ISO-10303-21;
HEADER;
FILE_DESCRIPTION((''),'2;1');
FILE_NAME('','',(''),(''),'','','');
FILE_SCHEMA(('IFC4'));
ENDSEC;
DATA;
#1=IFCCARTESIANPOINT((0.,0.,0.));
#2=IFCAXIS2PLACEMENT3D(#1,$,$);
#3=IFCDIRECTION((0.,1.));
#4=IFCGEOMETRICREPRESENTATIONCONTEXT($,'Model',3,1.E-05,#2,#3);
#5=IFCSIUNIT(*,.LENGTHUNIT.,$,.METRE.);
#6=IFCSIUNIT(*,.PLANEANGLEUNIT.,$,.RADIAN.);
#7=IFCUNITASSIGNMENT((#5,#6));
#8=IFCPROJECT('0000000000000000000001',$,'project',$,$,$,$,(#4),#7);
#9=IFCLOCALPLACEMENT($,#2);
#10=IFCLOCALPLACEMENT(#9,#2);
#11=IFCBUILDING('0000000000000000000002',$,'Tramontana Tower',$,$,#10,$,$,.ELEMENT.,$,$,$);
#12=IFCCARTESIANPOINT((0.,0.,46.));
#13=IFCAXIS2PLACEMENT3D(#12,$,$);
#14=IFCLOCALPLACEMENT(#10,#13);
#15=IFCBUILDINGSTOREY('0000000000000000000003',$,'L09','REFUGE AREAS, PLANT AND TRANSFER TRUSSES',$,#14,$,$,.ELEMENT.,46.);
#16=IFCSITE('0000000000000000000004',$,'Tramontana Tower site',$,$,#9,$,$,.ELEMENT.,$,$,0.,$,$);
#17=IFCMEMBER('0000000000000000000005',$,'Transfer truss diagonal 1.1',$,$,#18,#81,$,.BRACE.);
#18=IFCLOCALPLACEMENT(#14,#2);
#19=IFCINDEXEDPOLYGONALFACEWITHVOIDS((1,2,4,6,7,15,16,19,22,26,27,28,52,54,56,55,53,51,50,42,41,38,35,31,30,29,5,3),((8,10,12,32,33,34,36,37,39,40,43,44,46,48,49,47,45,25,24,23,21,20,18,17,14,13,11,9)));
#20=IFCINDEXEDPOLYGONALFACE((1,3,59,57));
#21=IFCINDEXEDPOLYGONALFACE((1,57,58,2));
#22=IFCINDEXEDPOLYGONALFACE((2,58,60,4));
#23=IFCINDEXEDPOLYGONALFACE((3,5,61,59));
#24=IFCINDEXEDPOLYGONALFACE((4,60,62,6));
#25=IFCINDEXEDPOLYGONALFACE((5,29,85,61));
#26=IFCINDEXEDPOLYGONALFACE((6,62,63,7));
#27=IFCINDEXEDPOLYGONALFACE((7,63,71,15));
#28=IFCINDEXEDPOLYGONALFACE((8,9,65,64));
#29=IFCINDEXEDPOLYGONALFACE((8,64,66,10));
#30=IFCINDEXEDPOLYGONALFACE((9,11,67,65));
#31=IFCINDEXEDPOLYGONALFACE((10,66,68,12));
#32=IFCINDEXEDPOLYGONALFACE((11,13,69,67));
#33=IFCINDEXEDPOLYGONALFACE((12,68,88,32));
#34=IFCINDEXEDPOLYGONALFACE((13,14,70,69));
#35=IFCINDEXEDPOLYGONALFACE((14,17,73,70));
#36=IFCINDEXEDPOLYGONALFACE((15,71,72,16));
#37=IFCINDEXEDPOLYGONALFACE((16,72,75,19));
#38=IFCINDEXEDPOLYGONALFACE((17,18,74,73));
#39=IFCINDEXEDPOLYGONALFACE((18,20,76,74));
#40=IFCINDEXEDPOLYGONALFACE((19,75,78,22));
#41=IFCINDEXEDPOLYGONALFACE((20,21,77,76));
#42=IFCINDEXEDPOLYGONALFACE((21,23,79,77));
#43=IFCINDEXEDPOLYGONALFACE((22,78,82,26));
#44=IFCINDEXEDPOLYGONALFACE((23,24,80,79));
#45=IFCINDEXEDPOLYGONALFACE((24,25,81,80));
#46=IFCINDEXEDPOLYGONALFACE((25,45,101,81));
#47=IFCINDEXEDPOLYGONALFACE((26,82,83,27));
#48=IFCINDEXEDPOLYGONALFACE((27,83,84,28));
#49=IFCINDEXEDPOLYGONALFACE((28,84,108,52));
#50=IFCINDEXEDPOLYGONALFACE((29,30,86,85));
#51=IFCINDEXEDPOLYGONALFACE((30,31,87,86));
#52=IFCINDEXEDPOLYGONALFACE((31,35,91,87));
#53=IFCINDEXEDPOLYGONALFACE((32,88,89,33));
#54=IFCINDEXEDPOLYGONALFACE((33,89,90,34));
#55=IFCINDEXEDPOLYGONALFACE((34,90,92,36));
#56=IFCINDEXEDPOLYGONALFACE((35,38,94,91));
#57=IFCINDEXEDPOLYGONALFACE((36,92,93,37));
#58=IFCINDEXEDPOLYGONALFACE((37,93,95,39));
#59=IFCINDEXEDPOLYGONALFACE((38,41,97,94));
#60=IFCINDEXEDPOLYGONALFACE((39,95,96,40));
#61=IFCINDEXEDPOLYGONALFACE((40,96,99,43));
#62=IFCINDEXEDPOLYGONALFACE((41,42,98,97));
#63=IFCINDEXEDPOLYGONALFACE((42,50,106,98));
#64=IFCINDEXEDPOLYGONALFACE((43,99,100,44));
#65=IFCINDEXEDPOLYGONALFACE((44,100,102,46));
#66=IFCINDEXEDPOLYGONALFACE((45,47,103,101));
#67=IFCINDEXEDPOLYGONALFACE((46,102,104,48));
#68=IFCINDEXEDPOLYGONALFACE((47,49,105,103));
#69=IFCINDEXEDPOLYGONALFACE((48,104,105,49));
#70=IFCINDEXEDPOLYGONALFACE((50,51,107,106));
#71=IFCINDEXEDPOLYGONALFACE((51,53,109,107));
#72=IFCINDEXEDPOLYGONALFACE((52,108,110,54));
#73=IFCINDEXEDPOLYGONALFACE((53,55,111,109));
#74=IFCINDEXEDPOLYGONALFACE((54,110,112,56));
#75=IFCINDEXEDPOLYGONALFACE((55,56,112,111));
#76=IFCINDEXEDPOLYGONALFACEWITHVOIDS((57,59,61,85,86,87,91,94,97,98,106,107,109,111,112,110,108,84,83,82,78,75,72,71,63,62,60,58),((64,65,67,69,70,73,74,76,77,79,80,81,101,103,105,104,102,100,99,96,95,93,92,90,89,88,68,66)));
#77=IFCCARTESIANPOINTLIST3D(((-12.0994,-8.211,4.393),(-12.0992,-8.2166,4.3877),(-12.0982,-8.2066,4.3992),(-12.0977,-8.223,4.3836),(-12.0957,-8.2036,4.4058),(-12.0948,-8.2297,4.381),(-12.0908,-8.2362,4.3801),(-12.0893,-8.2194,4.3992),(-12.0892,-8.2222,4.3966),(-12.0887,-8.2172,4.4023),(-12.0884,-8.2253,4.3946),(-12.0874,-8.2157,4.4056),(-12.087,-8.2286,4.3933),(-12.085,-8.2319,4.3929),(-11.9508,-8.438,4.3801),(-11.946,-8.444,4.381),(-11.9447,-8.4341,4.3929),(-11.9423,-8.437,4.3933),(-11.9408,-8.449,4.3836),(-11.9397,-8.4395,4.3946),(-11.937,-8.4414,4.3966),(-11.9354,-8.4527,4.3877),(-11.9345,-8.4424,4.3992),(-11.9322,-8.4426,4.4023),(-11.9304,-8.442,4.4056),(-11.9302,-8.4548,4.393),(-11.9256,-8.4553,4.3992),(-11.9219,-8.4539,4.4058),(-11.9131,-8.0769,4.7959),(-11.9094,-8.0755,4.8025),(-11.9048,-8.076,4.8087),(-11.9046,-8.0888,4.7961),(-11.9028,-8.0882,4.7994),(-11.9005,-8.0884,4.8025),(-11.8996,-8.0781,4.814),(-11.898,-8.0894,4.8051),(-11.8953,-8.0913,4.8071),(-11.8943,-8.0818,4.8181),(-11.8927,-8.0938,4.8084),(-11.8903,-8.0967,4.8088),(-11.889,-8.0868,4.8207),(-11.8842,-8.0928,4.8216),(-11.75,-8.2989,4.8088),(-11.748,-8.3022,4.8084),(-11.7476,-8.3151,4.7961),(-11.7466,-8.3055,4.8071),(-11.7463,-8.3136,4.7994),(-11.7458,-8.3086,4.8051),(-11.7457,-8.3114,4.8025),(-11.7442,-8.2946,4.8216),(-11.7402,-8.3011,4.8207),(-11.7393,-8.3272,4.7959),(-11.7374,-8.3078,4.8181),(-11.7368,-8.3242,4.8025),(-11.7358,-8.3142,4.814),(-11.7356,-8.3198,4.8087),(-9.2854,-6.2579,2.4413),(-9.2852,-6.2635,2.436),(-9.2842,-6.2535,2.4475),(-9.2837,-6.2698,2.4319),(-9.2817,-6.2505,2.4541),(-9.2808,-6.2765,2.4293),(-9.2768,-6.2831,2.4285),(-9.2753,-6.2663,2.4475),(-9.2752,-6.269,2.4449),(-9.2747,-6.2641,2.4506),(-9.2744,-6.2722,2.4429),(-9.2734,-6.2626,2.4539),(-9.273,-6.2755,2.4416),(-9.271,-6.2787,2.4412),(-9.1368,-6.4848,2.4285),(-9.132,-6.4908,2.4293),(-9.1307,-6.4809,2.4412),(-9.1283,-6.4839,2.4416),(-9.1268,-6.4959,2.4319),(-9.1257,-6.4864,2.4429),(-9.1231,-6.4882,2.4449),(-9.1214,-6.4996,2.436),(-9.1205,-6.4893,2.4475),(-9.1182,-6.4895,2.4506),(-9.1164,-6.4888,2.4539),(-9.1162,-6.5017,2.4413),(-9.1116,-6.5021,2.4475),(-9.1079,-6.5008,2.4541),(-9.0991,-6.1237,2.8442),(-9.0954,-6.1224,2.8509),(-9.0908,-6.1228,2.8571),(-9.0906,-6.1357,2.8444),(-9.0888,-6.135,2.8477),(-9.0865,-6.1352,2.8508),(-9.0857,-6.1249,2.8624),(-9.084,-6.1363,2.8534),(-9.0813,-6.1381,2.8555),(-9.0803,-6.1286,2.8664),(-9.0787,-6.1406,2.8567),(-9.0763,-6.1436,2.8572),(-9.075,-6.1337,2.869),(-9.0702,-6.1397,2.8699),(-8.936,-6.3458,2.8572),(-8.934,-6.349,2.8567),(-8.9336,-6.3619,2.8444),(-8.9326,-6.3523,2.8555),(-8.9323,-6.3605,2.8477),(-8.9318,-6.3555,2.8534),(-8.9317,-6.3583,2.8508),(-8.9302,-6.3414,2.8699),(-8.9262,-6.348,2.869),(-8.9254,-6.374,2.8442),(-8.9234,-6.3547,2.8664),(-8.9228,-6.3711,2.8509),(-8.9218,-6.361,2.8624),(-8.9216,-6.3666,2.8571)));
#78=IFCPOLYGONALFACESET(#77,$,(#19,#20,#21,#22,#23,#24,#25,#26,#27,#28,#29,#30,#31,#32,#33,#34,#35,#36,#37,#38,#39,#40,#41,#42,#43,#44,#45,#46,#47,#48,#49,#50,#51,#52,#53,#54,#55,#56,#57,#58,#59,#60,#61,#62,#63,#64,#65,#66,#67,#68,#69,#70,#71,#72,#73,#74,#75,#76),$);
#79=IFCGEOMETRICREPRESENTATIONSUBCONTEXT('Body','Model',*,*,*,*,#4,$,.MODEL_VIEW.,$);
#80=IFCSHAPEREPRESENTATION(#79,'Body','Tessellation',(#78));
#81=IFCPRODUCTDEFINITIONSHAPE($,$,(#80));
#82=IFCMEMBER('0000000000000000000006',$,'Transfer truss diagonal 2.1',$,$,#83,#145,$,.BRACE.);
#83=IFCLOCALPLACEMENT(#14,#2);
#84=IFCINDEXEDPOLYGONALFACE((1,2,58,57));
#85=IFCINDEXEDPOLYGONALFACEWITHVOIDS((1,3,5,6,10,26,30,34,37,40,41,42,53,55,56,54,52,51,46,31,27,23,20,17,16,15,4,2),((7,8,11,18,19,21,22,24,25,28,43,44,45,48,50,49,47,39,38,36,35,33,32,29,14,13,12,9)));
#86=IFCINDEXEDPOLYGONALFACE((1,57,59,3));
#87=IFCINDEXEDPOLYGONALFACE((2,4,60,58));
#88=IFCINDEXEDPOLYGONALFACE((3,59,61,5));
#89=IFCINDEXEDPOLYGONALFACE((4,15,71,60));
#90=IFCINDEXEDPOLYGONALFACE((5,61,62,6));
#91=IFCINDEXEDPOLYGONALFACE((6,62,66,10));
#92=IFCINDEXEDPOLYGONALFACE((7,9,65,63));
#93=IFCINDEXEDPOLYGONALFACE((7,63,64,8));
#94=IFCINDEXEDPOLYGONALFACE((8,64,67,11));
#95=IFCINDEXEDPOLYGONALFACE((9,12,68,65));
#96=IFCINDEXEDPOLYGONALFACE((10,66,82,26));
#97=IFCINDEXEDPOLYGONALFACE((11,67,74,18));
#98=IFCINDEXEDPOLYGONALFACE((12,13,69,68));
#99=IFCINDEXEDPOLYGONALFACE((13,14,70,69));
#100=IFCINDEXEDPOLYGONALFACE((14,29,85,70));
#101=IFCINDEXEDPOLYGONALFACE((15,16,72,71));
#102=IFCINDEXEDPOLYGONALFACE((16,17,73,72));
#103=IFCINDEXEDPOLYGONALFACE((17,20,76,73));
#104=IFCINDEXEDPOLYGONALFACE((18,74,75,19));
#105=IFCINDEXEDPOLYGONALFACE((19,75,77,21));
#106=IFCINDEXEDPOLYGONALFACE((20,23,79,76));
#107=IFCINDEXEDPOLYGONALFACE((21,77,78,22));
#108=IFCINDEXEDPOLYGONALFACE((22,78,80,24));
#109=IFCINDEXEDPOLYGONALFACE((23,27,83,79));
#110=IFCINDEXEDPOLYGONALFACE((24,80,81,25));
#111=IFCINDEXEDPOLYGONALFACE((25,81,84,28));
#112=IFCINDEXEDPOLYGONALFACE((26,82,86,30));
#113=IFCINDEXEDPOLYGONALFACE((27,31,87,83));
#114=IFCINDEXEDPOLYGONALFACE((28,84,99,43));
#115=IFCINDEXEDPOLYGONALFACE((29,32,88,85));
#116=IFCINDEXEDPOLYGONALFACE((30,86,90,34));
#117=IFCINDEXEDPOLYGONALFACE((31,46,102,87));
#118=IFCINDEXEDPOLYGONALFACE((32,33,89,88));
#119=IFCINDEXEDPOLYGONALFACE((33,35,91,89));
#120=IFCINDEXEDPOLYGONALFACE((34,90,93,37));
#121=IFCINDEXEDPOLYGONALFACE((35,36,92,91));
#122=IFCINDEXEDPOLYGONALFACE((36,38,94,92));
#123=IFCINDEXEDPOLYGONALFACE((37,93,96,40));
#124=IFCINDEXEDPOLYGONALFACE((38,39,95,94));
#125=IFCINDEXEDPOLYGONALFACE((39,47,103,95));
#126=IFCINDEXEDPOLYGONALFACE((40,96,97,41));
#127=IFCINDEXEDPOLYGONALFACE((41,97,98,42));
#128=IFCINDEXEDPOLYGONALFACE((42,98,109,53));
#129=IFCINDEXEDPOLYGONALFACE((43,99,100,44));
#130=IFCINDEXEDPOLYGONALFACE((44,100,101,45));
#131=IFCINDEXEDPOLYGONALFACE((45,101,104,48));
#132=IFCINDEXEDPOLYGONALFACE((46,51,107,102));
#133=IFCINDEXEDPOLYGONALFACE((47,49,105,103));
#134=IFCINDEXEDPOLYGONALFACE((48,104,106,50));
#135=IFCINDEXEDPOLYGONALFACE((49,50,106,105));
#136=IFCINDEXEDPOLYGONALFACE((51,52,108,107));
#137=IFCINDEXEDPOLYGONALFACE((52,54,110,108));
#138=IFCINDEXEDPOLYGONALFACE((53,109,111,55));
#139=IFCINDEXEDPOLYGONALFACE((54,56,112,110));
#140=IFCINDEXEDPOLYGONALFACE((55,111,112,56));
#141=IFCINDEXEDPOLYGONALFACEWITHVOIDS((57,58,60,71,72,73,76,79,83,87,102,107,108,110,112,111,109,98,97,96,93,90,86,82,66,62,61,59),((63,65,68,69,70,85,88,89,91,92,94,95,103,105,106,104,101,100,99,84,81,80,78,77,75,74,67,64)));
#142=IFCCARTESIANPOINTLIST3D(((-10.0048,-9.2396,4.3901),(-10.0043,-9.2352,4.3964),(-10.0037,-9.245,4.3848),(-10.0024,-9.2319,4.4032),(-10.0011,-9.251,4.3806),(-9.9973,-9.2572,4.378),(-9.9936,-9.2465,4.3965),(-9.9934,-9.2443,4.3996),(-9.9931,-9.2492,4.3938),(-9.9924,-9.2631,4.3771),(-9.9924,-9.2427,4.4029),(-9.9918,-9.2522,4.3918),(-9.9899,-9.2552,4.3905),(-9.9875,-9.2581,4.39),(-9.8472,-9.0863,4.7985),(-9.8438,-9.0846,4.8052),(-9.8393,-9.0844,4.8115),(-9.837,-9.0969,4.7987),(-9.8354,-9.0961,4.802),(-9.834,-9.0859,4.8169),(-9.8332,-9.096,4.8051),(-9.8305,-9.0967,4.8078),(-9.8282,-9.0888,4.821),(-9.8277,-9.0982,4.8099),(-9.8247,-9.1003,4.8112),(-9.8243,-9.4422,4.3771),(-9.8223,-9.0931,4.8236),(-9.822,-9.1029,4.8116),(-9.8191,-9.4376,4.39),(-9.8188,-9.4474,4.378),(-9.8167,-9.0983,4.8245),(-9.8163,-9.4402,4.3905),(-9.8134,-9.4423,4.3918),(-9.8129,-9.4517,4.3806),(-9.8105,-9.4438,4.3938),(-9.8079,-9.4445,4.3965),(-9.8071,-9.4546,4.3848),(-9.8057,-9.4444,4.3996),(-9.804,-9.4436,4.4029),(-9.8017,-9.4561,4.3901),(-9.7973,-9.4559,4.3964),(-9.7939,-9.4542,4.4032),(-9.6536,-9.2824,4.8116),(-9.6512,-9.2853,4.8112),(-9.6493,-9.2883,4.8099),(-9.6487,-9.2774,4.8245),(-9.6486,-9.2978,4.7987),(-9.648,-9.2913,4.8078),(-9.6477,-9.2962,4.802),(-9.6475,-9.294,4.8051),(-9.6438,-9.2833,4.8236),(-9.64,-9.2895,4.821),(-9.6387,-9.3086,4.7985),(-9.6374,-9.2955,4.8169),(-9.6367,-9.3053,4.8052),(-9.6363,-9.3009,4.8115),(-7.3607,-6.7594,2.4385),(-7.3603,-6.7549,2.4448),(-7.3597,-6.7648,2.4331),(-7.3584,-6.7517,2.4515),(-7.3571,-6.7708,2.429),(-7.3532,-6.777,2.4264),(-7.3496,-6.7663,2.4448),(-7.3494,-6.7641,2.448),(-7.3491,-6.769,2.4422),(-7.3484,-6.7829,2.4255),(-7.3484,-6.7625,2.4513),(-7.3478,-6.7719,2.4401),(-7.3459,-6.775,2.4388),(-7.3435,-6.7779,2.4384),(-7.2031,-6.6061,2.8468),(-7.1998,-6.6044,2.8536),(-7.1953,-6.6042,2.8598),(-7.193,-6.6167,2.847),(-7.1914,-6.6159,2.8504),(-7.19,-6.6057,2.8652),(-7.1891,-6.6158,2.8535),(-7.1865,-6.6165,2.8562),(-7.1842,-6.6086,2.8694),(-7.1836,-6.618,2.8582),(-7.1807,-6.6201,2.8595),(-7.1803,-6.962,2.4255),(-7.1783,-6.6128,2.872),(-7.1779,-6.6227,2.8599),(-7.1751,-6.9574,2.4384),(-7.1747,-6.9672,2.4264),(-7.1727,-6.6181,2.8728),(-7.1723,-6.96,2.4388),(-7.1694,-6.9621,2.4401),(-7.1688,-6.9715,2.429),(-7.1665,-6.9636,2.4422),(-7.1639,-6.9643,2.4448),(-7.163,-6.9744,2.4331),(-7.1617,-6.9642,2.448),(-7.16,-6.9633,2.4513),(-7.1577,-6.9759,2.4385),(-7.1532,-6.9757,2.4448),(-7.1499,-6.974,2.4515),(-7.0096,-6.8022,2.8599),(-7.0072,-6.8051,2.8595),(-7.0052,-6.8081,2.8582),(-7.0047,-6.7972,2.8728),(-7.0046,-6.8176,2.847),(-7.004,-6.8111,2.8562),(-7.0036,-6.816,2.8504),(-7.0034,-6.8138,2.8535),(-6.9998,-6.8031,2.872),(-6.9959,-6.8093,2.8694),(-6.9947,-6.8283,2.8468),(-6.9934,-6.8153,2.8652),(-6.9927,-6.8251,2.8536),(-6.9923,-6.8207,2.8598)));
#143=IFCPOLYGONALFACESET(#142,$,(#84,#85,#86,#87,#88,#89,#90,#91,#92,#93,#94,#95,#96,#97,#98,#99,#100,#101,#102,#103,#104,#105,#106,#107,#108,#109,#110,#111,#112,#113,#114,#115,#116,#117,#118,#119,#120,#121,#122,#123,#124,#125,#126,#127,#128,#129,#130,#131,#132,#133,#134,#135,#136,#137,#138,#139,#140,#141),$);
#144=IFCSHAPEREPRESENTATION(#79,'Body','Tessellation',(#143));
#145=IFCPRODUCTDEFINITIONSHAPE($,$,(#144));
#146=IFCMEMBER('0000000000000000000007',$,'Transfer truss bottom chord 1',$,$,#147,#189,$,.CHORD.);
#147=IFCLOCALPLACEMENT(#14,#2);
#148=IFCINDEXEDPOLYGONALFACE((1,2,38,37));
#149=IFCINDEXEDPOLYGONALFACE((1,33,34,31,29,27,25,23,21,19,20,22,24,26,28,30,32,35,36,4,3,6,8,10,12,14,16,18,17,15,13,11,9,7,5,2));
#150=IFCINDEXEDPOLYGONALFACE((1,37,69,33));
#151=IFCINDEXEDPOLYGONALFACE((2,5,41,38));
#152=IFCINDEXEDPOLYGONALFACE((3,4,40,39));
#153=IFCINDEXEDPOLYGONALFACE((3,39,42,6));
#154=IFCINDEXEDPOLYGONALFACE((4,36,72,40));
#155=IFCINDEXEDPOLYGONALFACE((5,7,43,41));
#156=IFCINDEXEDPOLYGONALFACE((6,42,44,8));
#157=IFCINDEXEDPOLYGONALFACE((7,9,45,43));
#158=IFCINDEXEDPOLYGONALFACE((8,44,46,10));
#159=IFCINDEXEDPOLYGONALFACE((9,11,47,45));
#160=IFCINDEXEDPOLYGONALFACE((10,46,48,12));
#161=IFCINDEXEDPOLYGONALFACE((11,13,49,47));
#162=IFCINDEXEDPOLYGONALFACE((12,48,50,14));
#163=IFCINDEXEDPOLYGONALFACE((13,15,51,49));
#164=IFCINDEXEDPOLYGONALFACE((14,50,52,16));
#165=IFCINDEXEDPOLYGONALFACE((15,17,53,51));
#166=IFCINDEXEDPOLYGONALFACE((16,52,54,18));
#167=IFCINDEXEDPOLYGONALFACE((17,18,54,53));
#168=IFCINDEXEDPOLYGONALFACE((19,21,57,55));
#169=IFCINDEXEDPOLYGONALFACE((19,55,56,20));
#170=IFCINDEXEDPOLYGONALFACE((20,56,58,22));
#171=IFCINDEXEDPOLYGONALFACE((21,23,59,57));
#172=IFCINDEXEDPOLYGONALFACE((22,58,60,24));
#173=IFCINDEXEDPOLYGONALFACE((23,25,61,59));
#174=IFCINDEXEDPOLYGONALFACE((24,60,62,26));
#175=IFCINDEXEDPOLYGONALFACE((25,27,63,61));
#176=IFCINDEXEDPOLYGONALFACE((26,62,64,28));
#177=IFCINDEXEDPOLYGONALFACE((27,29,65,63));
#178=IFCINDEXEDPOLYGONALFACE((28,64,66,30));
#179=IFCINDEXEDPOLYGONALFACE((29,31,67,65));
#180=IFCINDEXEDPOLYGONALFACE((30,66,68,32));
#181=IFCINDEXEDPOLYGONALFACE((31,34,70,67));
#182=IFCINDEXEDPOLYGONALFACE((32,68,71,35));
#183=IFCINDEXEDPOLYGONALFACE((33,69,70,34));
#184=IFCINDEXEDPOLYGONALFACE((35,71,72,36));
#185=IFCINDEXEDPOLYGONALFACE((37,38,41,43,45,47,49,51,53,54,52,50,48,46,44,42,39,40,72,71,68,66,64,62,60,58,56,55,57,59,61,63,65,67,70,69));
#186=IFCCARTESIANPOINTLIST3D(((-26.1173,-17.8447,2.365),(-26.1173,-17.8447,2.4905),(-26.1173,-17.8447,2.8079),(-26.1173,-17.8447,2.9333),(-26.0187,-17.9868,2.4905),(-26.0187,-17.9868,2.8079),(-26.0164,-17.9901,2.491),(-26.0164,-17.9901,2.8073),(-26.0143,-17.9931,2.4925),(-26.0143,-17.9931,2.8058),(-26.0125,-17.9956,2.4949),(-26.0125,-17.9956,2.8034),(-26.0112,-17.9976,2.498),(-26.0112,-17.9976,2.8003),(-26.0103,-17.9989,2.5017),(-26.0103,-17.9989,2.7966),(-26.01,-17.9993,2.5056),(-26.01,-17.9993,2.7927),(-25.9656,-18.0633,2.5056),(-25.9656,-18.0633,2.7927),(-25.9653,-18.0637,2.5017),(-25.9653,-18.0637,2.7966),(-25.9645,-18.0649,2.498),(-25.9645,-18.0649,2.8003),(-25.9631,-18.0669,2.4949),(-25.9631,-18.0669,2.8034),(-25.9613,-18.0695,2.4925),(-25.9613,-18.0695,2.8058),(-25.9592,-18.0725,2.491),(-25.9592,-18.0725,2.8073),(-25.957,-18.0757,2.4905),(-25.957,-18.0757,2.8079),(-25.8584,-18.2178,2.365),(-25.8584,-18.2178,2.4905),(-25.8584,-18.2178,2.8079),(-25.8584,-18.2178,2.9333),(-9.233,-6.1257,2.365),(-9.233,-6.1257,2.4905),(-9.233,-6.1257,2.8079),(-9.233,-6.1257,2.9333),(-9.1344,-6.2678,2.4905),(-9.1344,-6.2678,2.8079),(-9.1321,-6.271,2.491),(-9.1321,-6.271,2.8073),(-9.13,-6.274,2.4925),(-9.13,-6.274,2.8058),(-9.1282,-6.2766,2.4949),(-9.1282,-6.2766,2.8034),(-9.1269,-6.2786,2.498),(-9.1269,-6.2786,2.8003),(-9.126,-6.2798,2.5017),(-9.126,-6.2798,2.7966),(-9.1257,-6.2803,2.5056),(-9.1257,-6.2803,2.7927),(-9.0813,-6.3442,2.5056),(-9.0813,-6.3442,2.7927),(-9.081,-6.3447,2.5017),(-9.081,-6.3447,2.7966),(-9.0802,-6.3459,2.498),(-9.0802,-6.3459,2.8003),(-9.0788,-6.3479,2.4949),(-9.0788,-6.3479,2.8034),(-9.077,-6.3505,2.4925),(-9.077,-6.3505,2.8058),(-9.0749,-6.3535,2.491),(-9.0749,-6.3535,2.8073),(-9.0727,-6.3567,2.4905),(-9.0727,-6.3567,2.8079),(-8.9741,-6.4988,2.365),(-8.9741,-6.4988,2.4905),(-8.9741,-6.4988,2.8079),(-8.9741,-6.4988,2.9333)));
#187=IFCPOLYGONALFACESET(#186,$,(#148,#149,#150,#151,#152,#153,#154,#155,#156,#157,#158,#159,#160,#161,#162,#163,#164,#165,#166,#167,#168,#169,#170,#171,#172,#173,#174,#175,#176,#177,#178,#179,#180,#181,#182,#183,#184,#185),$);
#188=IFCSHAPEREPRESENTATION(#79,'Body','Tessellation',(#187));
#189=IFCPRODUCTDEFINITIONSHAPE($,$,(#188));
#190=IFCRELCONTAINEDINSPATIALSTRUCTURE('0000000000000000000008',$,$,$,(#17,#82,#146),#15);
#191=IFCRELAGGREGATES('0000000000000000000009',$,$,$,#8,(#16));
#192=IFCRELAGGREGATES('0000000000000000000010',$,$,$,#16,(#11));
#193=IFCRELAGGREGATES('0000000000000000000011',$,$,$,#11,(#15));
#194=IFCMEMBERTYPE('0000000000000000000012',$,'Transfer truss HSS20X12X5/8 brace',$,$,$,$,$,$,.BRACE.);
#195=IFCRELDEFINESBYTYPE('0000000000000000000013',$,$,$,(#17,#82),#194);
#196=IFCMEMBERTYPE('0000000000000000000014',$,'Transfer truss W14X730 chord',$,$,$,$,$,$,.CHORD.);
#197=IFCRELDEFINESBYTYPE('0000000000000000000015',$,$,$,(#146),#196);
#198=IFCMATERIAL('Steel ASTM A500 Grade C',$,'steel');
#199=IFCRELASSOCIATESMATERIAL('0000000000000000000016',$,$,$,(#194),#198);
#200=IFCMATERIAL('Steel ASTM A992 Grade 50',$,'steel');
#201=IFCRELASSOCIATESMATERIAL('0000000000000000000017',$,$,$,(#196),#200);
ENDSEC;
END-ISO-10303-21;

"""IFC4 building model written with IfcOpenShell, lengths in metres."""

from ifc_helpers import new_model, si_unit, direction, frame, origin, origin_2d, place, context, subcontext, project, spatial, hollow_rectangle, i_section, extrude, material, material_profile, profile_set, type_object, element, save


model = new_model("IFC4")

# Units and contexts
model_context = context("Model", 3, precision=1e-05, world=origin(), true_north=direction((0.0, 1.0)))
body_context = subcontext(model_context, "Body", "Model", "MODEL_VIEW")
ifc_project = project(units=[si_unit("LENGTHUNIT", "METRE"), si_unit("PLANEANGLEUNIT", "RADIAN")], contexts=[model_context])

# Site, building, storey
site_placement = place(None, origin())
site = spatial("IfcSite", under=ifc_project, at=site_placement, Name="Tramontana Tower site", CompositionType="ELEMENT", RefElevation=0.0)
building_placement = place(site_placement, origin())
building = spatial("IfcBuilding", under=site, at=building_placement, Name="Tramontana Tower", CompositionType="ELEMENT")
storey_placement = place(building_placement, frame((0.0, 0.0, 46.0)))
storey = spatial("IfcBuildingStorey", under=building, at=storey_placement, Name="L09", Description="REFUGE AREAS, PLANT AND TRANSFER TRUSSES", CompositionType="ELEMENT", Elevation=46.0)

# Members
ifc_material_1 = material(Name="Steel ASTM A500 Grade C", Category="steel")
ifc_material_profile_1 = material_profile(ifc_material_1, hollow_rectangle(XDim=0.3047, YDim=0.5081, WallThickness=0.0146, InnerFilletRadius=0.0146, OuterFilletRadius=0.0295, at=origin_2d()), Name="HSS20X12X5/8")
ifc_profile_set_1 = profile_set([ifc_material_profile_1], Name="Steel ASTM A500 Grade C")
member_type_1 = type_object("IfcMemberType", Name="Transfer truss HSS20X12X5/8 brace", PredefinedType="BRACE", material=ifc_profile_set_1)
member_1_placement = place(storey_placement, frame((-9.1035, -6.3123, 2.6492), z_axis=(-0.71378, -0.495422, 0.495051), x_axis=(0.570195, -0.821509, 0.0)))
element("IfcMember", 1, at=member_1_placement, inside=storey, type_object=member_type_1, Name="Transfer truss diagonal 1.1", PredefinedType="BRACE", context=body_context, shape_type="SweptSolid", body=[
    extrude(hollow_rectangle(XDim=0.3047, YDim=0.5081, WallThickness=0.0146, InnerFilletRadius=0.0146, OuterFilletRadius=0.0295, at=origin_2d()), origin(), (0.0, 0.0, 1.0), 3.9424),
])
member_2_placement = place(storey_placement, frame((-7.1765, -6.79, 2.6492), z_axis=(-0.642192, -0.602404, 0.474024), x_axis=(0.684152, -0.72934, 0.0)))
element("IfcMember", 2, at=member_2_placement, inside=storey, type_object=member_type_1, Name="Transfer truss diagonal 2.1", PredefinedType="BRACE", context=body_context, shape_type="SweptSolid", body=[
    extrude(hollow_rectangle(XDim=0.3047, YDim=0.5081, WallThickness=0.0146, InnerFilletRadius=0.0146, OuterFilletRadius=0.0295, at=origin_2d()), origin(), (0.0, 0.0, 1.0), 4.1172),
])
ifc_material_2 = material(Name="Steel ASTM A992 Grade 50", Category="steel")
ifc_material_profile_2 = material_profile(ifc_material_2, i_section(OverallWidth=0.4541, OverallDepth=0.5684, WebThickness=0.0779, FlangeThickness=0.1255, FilletRadius=0.0151, at=origin_2d()), Name="W14X730")
ifc_profile_set_2 = profile_set([ifc_material_profile_2], Name="Steel ASTM A992 Grade 50")
member_type_2 = type_object("IfcMemberType", Name="Transfer truss W14X730 chord", PredefinedType="CHORD", material=ifc_profile_set_2)
for number, where, z_axis, x_axis, name in (
    (3, (-9.1035, -6.3123, 2.6492), (-0.821511, -0.570192, 0.0), (0.570192, -0.821511, 0.0), "Transfer truss bottom chord 1"),
):
    element("IfcMember", number, at=place(storey_placement, frame(where, z_axis=z_axis, x_axis=x_axis)), inside=storey, type_object=member_type_2, Name=name, PredefinedType="CHORD", context=body_context, shape_type="SweptSolid", body=[
        extrude(i_section(OverallWidth=0.4541, OverallDepth=0.5684, WebThickness=0.0779, FlangeThickness=0.1255, FilletRadius=0.0151, at=origin_2d()), origin(), (0.0, 0.0, 1.0), 20.5527),
    ])

save(model, "model.ifc")
